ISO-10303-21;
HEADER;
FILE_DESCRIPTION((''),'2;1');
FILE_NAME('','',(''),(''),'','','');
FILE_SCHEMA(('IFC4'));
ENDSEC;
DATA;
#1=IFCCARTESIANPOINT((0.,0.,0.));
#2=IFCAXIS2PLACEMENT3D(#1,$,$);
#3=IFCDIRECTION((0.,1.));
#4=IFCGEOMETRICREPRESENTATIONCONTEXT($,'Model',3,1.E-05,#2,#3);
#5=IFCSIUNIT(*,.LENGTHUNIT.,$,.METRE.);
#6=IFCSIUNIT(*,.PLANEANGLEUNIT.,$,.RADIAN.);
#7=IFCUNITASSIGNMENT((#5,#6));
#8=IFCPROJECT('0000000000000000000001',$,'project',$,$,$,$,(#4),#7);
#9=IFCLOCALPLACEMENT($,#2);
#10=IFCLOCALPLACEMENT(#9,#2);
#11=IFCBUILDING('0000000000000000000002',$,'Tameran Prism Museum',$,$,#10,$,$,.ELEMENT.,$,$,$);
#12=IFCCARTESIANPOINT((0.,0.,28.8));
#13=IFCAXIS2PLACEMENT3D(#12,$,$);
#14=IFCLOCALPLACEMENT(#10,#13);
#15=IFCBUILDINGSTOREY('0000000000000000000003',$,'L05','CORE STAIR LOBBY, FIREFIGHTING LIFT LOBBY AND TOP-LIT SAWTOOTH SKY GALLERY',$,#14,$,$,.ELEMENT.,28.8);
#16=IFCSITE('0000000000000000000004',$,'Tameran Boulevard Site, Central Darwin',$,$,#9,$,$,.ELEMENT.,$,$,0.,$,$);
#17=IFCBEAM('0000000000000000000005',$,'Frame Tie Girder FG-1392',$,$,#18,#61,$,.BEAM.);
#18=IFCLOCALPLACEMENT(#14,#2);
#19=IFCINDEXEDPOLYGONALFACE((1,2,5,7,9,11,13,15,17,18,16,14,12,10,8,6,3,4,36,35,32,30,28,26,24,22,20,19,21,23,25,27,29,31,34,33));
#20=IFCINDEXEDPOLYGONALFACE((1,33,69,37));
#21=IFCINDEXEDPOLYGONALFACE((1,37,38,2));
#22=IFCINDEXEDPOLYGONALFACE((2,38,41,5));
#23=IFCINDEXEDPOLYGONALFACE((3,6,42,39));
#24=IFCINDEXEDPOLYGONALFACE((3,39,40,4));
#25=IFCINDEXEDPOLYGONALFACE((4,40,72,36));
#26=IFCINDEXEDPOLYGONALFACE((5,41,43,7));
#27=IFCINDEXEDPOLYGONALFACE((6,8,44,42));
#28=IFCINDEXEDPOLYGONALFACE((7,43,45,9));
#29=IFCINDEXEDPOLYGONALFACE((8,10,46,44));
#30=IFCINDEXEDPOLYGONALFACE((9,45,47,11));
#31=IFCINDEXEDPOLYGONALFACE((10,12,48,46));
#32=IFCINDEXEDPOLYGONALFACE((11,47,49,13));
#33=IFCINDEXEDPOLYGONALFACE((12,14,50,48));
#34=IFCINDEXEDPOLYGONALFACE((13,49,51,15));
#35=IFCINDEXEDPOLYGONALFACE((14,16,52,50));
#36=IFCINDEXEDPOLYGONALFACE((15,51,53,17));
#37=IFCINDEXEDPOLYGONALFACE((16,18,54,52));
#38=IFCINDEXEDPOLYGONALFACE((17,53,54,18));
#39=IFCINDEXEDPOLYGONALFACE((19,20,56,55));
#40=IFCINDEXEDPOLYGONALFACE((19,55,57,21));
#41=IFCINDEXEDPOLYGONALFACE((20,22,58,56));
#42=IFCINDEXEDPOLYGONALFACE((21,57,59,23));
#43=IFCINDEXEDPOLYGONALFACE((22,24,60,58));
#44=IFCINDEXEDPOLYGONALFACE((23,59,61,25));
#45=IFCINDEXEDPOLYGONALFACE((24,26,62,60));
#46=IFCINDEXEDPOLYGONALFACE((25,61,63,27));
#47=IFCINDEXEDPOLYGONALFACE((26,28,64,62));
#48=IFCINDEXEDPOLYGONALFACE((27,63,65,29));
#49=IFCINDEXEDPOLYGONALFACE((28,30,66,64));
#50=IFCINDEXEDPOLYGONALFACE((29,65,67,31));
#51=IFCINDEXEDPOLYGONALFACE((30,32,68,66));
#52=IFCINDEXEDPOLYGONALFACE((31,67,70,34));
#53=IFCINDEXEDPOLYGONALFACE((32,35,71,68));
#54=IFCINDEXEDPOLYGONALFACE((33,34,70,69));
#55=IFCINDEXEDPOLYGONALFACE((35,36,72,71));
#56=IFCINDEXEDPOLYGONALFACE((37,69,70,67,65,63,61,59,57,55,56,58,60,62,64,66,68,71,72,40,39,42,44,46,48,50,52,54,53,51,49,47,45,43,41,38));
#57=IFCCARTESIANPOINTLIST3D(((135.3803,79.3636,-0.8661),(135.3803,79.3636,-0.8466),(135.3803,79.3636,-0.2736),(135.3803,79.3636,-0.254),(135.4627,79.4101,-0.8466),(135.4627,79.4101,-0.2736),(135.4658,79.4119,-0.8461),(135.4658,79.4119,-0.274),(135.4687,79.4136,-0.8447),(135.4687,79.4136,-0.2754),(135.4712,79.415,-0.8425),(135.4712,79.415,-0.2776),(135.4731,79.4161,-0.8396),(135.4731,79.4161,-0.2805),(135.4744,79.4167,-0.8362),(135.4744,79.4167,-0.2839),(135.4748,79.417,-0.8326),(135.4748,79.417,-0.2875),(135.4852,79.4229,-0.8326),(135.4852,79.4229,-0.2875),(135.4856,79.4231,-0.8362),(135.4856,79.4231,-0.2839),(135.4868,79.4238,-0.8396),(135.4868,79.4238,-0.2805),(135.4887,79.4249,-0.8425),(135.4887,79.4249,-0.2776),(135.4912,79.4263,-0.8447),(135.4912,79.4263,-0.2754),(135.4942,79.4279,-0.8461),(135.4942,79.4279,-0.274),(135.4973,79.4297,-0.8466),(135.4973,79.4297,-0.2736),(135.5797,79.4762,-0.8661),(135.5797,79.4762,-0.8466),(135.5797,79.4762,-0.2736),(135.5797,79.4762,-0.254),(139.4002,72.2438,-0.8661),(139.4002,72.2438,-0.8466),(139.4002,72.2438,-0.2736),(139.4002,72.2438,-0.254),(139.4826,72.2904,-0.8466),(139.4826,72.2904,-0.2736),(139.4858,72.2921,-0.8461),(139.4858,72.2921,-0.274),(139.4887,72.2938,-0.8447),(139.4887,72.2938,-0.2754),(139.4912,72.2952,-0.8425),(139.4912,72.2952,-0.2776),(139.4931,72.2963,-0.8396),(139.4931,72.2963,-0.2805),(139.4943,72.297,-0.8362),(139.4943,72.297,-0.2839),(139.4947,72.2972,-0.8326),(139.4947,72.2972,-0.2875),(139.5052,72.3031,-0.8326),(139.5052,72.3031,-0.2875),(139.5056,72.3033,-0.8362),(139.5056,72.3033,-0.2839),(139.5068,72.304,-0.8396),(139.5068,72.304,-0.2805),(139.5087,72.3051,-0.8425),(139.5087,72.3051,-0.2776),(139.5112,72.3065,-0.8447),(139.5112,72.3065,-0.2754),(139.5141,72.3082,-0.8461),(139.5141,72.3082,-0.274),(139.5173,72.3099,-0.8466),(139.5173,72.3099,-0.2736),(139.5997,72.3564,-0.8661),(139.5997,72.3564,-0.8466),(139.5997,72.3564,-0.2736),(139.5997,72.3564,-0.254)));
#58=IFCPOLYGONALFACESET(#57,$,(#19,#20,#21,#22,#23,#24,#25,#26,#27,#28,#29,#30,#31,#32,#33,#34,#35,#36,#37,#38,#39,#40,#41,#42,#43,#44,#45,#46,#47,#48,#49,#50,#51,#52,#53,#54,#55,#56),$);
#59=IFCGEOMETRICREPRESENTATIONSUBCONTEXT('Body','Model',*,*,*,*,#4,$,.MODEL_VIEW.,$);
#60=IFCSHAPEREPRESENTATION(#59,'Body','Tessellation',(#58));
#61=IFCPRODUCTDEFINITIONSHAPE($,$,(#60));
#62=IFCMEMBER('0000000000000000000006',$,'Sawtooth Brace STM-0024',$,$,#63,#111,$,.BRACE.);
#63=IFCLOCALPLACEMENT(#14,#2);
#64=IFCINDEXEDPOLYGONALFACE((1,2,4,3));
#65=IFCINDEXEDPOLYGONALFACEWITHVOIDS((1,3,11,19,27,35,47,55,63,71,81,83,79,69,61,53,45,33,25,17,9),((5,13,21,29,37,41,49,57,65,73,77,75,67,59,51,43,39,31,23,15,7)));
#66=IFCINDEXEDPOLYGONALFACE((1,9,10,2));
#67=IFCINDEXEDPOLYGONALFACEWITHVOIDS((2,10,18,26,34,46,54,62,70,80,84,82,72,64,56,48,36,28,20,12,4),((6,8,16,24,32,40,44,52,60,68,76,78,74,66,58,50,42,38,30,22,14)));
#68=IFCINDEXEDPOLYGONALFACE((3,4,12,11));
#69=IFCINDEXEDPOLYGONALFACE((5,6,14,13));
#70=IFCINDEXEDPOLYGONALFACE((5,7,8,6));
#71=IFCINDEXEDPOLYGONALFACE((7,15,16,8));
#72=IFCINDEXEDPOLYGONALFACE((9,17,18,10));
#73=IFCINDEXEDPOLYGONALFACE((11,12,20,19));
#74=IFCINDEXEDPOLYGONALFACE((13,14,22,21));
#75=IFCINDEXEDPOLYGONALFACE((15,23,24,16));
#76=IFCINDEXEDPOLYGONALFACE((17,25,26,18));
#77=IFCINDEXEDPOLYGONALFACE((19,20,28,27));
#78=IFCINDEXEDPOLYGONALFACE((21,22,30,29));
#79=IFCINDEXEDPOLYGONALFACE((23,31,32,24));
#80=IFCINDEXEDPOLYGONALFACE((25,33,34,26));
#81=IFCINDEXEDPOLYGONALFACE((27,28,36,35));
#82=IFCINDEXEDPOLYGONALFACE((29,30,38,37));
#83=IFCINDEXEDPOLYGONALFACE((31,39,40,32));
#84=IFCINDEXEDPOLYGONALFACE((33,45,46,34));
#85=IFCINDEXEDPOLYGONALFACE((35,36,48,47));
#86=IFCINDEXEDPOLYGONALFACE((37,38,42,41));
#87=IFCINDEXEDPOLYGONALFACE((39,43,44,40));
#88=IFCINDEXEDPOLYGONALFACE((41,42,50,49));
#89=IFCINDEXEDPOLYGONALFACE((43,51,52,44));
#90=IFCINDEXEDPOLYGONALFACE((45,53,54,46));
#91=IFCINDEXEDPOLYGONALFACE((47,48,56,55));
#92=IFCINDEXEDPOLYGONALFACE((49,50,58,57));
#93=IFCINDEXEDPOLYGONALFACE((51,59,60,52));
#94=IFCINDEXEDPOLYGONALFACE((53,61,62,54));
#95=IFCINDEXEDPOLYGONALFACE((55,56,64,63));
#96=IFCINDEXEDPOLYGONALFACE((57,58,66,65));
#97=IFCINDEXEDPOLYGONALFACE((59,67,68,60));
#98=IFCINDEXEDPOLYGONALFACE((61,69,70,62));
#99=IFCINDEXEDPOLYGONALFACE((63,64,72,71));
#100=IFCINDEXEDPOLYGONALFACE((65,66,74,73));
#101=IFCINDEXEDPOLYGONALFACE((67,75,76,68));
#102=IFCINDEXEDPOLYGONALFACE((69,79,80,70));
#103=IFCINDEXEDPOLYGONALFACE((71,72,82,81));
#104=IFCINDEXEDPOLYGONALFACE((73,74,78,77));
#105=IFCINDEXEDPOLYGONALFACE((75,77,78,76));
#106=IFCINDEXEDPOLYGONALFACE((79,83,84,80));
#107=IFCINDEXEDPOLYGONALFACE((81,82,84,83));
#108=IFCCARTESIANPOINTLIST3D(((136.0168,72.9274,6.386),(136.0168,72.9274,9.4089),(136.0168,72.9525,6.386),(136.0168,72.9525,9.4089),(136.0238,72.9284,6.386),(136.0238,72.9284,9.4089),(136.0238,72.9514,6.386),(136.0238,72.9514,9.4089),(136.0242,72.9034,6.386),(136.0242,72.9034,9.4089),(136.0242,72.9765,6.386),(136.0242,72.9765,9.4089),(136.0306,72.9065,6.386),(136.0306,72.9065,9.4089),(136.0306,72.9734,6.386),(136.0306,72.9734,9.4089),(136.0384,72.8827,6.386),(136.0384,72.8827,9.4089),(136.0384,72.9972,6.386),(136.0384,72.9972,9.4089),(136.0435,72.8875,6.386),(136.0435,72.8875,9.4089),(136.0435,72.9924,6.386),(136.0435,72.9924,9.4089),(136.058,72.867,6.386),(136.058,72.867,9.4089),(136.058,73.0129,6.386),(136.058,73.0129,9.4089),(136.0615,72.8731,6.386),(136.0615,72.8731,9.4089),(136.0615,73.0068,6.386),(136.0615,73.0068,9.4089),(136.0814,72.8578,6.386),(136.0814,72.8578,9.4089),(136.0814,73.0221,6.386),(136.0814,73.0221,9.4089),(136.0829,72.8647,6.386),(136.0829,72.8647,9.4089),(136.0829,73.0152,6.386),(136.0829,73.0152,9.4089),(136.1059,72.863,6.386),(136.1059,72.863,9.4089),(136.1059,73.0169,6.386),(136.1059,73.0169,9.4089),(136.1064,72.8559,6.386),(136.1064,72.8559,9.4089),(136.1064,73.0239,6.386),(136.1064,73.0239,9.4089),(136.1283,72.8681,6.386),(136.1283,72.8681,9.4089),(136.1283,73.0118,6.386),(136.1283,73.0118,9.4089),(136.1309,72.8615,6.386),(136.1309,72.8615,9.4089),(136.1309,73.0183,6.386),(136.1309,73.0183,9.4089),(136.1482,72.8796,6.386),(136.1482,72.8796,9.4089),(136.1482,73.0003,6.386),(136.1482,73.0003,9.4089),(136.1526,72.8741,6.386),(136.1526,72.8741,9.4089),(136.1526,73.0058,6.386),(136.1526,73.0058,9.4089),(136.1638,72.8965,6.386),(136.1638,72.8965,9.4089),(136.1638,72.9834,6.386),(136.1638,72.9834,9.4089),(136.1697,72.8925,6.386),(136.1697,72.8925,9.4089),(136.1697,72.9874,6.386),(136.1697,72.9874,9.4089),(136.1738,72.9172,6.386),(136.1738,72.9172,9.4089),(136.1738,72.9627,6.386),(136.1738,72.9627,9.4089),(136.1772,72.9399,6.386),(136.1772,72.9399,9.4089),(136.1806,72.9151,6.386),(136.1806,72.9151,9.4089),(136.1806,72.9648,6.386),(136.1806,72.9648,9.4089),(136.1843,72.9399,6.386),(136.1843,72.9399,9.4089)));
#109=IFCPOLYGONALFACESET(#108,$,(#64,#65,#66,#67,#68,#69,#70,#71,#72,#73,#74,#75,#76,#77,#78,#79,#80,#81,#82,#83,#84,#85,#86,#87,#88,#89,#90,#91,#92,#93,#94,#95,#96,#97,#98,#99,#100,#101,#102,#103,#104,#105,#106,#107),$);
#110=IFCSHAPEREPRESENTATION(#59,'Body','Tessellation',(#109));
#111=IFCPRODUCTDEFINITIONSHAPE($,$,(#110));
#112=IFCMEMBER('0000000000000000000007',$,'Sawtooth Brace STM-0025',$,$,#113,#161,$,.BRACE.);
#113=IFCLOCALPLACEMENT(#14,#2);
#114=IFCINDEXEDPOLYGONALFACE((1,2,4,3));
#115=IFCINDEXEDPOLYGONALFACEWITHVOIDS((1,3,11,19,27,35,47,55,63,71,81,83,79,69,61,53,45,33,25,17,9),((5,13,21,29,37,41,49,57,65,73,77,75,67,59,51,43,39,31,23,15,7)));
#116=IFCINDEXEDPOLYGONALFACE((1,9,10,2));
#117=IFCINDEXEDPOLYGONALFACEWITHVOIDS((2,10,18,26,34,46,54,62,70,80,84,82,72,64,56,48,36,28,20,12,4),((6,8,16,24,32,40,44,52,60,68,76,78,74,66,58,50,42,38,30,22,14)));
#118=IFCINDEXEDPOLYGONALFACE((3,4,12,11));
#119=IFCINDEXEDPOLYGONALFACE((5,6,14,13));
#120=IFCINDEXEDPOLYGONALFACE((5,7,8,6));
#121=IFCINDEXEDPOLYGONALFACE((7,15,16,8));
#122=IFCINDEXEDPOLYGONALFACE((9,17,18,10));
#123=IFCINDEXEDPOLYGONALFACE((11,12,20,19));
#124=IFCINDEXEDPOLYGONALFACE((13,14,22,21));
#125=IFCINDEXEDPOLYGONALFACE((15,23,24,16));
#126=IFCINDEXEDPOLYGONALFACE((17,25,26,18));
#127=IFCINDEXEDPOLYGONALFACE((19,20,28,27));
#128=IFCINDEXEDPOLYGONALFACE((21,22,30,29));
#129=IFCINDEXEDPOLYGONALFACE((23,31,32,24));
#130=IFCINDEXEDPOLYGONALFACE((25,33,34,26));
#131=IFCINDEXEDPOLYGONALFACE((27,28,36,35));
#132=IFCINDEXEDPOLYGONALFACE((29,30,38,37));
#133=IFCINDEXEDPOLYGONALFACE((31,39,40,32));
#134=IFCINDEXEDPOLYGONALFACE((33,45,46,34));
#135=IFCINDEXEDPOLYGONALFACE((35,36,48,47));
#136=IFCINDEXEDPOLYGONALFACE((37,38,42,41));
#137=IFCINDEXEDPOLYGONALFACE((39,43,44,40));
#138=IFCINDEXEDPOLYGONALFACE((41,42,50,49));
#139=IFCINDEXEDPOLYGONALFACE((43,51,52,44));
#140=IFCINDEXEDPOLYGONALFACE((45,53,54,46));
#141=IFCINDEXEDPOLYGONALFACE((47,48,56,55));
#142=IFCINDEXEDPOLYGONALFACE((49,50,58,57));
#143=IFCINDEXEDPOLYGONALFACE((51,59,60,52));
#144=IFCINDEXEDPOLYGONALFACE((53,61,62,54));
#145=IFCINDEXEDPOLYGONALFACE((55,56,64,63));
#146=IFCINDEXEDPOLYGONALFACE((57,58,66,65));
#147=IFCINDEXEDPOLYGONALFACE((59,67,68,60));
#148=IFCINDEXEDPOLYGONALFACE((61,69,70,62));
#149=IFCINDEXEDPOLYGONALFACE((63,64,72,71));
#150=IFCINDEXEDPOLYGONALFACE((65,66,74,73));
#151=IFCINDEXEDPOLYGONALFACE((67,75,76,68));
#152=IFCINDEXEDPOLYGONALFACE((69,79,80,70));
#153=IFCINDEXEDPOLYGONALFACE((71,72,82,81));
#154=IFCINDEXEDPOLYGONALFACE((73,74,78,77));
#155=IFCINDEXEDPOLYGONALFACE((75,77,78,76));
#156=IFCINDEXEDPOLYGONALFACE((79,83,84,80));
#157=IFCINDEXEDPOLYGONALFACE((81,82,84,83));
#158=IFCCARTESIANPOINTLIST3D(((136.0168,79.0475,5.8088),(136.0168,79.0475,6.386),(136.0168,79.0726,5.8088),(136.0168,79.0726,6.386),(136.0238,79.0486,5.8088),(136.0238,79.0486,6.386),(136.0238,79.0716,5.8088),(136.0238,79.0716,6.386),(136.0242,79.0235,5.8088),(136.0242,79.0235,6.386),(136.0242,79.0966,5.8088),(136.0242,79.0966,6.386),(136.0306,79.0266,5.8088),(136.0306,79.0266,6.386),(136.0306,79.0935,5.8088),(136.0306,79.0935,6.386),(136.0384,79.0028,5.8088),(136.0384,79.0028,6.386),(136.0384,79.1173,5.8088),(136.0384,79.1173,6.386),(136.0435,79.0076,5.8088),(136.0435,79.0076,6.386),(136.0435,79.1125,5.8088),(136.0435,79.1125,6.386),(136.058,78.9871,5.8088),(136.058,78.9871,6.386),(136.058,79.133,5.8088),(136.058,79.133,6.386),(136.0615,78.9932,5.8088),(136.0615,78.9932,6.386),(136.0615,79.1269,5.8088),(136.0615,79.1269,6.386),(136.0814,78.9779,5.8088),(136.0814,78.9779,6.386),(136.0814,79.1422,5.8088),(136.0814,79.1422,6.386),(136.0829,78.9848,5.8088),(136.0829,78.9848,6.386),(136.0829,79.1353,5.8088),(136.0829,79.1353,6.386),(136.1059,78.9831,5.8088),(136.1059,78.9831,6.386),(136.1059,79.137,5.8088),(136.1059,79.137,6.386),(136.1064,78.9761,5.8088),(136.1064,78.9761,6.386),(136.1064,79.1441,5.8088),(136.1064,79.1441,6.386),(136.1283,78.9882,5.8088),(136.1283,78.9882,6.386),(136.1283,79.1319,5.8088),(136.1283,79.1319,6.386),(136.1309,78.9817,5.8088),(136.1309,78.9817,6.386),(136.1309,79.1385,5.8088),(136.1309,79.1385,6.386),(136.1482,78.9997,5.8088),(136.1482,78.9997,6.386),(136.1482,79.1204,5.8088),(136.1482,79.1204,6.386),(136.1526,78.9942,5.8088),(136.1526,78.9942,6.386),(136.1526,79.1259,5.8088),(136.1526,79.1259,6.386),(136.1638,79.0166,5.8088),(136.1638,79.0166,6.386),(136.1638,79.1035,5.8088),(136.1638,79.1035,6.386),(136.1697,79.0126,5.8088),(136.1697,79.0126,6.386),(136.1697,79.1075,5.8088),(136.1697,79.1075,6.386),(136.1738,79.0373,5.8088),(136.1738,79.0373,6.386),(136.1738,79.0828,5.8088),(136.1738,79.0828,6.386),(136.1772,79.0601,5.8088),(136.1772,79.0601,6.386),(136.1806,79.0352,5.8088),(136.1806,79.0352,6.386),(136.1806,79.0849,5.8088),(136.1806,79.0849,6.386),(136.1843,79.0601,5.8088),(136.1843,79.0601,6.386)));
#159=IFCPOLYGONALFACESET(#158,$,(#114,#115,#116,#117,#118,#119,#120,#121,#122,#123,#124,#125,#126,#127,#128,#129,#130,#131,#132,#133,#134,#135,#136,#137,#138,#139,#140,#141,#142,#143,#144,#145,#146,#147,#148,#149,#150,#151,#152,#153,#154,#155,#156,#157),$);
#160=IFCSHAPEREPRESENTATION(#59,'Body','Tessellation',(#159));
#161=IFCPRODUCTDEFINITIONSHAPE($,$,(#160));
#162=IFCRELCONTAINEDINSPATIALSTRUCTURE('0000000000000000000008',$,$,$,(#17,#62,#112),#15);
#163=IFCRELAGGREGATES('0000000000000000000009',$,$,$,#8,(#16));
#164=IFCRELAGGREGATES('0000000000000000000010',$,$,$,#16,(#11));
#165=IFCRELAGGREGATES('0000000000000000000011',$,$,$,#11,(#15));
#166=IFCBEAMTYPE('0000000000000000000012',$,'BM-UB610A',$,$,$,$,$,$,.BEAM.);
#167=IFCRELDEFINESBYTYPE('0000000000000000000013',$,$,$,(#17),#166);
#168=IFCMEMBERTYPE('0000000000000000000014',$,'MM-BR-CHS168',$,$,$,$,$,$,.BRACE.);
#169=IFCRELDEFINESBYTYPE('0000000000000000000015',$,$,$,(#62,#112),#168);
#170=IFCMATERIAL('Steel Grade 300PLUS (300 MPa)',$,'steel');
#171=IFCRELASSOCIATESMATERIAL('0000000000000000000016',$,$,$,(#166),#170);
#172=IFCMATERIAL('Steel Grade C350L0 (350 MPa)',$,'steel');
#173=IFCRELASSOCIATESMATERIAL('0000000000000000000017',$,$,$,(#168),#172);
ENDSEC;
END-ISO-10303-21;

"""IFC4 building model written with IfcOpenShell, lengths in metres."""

from ifc_helpers import new_model, si_unit, direction, frame, origin, origin_2d, place, context, subcontext, project, spatial, hollow_circle, i_section, extrude, material, material_profile, profile_set, type_object, element, save


model = new_model("IFC4")

# Units and contexts
model_context = context("Model", 3, precision=1e-05, world=origin(), true_north=direction((0.0, 1.0)))
body_context = subcontext(model_context, "Body", "Model", "MODEL_VIEW")
ifc_project = project(units=[si_unit("LENGTHUNIT", "METRE"), si_unit("PLANEANGLEUNIT", "RADIAN")], contexts=[model_context])

# Site, building, storey
site_placement = place(None, origin())
site = spatial("IfcSite", under=ifc_project, at=site_placement, Name="Tameran Boulevard Site, Central Darwin", CompositionType="ELEMENT", RefElevation=0.0)
building_placement = place(site_placement, origin())
building = spatial("IfcBuilding", under=site, at=building_placement, Name="Tameran Prism Museum", CompositionType="ELEMENT")
storey_placement = place(building_placement, frame((0.0, 0.0, 28.8)))
storey = spatial("IfcBuildingStorey", under=building, at=storey_placement, Name="L05", Description="CORE STAIR LOBBY, FIREFIGHTING LIFT LOBBY AND TOP-LIT SAWTOOTH SKY GALLERY", CompositionType="ELEMENT", Elevation=28.8)

# Beam
ifc_material_1 = material(Name="Steel Grade 300PLUS (300 MPa)", Category="steel")
ifc_material_profile_1 = material_profile(ifc_material_1, i_section(OverallWidth=0.229, OverallDepth=0.6121, WebThickness=0.012, FlangeThickness=0.0195, FilletRadius=0.0139, at=origin_2d()))
ifc_profile_set_1 = profile_set([ifc_material_profile_1])
beam_type_1 = type_object("IfcBeamType", Name="BM-UB610A", PredefinedType="BEAM", material=ifc_profile_set_1)
beam_1_placement = place(storey_placement, frame((135.48, 79.4199, -0.5601), z_axis=(0.491663, -0.870786, 0.0), x_axis=(0.870786, 0.491663, 0.0)))
element("IfcBeam", 1, at=beam_1_placement, inside=storey, type_object=beam_type_1, Name="Frame Tie Girder FG-1392", PredefinedType="BEAM", context=body_context, shape_type="SweptSolid", body=[
    extrude(i_section(OverallWidth=0.229, OverallDepth=0.6121, WebThickness=0.012, FlangeThickness=0.0195, FilletRadius=0.0139, at=origin_2d()), origin(), (0.0, 0.0, 1.0), 8.1763),
])

# Members
ifc_material_2 = material(Name="Steel Grade C350L0 (350 MPa)", Category="steel")
ifc_material_profile_2 = material_profile(ifc_material_2, hollow_circle(Radius=0.0842, WallThickness=0.0071, at=origin_2d()))
ifc_profile_set_2 = profile_set([ifc_material_profile_2])
member_type_1 = type_object("IfcMemberType", Name="MM-BR-CHS168", PredefinedType="BRACE", material=ifc_profile_set_2)
member_1_placement = place(storey_placement, frame((136.1001, 72.9399, 6.386), z_axis=(0.0, 0.0, 1.0), x_axis=(1.0, 0.0, 0.0)))
element("IfcMember", 2, at=member_1_placement, inside=storey, type_object=member_type_1, Name="Sawtooth Brace STM-0024", PredefinedType="BRACE", context=body_context, shape_type="SweptSolid", body=[
    extrude(hollow_circle(Radius=0.0842, WallThickness=0.0071, at=origin_2d()), origin(), (0.0, 0.0, 1.0), 3.0229),
])
member_2_placement = place(storey_placement, frame((136.1001, 79.0601, 6.386), z_axis=(0.0, 0.0, -1.0), x_axis=(1.0, 0.0, 0.0)))
element("IfcMember", 3, at=member_2_placement, inside=storey, type_object=member_type_1, Name="Sawtooth Brace STM-0025", PredefinedType="BRACE", context=body_context, shape_type="SweptSolid", body=[
    extrude(hollow_circle(Radius=0.0842, WallThickness=0.0071, at=origin_2d()), origin(), (0.0, 0.0, 1.0), 0.5771),
])

save(model, "model.ifc")
